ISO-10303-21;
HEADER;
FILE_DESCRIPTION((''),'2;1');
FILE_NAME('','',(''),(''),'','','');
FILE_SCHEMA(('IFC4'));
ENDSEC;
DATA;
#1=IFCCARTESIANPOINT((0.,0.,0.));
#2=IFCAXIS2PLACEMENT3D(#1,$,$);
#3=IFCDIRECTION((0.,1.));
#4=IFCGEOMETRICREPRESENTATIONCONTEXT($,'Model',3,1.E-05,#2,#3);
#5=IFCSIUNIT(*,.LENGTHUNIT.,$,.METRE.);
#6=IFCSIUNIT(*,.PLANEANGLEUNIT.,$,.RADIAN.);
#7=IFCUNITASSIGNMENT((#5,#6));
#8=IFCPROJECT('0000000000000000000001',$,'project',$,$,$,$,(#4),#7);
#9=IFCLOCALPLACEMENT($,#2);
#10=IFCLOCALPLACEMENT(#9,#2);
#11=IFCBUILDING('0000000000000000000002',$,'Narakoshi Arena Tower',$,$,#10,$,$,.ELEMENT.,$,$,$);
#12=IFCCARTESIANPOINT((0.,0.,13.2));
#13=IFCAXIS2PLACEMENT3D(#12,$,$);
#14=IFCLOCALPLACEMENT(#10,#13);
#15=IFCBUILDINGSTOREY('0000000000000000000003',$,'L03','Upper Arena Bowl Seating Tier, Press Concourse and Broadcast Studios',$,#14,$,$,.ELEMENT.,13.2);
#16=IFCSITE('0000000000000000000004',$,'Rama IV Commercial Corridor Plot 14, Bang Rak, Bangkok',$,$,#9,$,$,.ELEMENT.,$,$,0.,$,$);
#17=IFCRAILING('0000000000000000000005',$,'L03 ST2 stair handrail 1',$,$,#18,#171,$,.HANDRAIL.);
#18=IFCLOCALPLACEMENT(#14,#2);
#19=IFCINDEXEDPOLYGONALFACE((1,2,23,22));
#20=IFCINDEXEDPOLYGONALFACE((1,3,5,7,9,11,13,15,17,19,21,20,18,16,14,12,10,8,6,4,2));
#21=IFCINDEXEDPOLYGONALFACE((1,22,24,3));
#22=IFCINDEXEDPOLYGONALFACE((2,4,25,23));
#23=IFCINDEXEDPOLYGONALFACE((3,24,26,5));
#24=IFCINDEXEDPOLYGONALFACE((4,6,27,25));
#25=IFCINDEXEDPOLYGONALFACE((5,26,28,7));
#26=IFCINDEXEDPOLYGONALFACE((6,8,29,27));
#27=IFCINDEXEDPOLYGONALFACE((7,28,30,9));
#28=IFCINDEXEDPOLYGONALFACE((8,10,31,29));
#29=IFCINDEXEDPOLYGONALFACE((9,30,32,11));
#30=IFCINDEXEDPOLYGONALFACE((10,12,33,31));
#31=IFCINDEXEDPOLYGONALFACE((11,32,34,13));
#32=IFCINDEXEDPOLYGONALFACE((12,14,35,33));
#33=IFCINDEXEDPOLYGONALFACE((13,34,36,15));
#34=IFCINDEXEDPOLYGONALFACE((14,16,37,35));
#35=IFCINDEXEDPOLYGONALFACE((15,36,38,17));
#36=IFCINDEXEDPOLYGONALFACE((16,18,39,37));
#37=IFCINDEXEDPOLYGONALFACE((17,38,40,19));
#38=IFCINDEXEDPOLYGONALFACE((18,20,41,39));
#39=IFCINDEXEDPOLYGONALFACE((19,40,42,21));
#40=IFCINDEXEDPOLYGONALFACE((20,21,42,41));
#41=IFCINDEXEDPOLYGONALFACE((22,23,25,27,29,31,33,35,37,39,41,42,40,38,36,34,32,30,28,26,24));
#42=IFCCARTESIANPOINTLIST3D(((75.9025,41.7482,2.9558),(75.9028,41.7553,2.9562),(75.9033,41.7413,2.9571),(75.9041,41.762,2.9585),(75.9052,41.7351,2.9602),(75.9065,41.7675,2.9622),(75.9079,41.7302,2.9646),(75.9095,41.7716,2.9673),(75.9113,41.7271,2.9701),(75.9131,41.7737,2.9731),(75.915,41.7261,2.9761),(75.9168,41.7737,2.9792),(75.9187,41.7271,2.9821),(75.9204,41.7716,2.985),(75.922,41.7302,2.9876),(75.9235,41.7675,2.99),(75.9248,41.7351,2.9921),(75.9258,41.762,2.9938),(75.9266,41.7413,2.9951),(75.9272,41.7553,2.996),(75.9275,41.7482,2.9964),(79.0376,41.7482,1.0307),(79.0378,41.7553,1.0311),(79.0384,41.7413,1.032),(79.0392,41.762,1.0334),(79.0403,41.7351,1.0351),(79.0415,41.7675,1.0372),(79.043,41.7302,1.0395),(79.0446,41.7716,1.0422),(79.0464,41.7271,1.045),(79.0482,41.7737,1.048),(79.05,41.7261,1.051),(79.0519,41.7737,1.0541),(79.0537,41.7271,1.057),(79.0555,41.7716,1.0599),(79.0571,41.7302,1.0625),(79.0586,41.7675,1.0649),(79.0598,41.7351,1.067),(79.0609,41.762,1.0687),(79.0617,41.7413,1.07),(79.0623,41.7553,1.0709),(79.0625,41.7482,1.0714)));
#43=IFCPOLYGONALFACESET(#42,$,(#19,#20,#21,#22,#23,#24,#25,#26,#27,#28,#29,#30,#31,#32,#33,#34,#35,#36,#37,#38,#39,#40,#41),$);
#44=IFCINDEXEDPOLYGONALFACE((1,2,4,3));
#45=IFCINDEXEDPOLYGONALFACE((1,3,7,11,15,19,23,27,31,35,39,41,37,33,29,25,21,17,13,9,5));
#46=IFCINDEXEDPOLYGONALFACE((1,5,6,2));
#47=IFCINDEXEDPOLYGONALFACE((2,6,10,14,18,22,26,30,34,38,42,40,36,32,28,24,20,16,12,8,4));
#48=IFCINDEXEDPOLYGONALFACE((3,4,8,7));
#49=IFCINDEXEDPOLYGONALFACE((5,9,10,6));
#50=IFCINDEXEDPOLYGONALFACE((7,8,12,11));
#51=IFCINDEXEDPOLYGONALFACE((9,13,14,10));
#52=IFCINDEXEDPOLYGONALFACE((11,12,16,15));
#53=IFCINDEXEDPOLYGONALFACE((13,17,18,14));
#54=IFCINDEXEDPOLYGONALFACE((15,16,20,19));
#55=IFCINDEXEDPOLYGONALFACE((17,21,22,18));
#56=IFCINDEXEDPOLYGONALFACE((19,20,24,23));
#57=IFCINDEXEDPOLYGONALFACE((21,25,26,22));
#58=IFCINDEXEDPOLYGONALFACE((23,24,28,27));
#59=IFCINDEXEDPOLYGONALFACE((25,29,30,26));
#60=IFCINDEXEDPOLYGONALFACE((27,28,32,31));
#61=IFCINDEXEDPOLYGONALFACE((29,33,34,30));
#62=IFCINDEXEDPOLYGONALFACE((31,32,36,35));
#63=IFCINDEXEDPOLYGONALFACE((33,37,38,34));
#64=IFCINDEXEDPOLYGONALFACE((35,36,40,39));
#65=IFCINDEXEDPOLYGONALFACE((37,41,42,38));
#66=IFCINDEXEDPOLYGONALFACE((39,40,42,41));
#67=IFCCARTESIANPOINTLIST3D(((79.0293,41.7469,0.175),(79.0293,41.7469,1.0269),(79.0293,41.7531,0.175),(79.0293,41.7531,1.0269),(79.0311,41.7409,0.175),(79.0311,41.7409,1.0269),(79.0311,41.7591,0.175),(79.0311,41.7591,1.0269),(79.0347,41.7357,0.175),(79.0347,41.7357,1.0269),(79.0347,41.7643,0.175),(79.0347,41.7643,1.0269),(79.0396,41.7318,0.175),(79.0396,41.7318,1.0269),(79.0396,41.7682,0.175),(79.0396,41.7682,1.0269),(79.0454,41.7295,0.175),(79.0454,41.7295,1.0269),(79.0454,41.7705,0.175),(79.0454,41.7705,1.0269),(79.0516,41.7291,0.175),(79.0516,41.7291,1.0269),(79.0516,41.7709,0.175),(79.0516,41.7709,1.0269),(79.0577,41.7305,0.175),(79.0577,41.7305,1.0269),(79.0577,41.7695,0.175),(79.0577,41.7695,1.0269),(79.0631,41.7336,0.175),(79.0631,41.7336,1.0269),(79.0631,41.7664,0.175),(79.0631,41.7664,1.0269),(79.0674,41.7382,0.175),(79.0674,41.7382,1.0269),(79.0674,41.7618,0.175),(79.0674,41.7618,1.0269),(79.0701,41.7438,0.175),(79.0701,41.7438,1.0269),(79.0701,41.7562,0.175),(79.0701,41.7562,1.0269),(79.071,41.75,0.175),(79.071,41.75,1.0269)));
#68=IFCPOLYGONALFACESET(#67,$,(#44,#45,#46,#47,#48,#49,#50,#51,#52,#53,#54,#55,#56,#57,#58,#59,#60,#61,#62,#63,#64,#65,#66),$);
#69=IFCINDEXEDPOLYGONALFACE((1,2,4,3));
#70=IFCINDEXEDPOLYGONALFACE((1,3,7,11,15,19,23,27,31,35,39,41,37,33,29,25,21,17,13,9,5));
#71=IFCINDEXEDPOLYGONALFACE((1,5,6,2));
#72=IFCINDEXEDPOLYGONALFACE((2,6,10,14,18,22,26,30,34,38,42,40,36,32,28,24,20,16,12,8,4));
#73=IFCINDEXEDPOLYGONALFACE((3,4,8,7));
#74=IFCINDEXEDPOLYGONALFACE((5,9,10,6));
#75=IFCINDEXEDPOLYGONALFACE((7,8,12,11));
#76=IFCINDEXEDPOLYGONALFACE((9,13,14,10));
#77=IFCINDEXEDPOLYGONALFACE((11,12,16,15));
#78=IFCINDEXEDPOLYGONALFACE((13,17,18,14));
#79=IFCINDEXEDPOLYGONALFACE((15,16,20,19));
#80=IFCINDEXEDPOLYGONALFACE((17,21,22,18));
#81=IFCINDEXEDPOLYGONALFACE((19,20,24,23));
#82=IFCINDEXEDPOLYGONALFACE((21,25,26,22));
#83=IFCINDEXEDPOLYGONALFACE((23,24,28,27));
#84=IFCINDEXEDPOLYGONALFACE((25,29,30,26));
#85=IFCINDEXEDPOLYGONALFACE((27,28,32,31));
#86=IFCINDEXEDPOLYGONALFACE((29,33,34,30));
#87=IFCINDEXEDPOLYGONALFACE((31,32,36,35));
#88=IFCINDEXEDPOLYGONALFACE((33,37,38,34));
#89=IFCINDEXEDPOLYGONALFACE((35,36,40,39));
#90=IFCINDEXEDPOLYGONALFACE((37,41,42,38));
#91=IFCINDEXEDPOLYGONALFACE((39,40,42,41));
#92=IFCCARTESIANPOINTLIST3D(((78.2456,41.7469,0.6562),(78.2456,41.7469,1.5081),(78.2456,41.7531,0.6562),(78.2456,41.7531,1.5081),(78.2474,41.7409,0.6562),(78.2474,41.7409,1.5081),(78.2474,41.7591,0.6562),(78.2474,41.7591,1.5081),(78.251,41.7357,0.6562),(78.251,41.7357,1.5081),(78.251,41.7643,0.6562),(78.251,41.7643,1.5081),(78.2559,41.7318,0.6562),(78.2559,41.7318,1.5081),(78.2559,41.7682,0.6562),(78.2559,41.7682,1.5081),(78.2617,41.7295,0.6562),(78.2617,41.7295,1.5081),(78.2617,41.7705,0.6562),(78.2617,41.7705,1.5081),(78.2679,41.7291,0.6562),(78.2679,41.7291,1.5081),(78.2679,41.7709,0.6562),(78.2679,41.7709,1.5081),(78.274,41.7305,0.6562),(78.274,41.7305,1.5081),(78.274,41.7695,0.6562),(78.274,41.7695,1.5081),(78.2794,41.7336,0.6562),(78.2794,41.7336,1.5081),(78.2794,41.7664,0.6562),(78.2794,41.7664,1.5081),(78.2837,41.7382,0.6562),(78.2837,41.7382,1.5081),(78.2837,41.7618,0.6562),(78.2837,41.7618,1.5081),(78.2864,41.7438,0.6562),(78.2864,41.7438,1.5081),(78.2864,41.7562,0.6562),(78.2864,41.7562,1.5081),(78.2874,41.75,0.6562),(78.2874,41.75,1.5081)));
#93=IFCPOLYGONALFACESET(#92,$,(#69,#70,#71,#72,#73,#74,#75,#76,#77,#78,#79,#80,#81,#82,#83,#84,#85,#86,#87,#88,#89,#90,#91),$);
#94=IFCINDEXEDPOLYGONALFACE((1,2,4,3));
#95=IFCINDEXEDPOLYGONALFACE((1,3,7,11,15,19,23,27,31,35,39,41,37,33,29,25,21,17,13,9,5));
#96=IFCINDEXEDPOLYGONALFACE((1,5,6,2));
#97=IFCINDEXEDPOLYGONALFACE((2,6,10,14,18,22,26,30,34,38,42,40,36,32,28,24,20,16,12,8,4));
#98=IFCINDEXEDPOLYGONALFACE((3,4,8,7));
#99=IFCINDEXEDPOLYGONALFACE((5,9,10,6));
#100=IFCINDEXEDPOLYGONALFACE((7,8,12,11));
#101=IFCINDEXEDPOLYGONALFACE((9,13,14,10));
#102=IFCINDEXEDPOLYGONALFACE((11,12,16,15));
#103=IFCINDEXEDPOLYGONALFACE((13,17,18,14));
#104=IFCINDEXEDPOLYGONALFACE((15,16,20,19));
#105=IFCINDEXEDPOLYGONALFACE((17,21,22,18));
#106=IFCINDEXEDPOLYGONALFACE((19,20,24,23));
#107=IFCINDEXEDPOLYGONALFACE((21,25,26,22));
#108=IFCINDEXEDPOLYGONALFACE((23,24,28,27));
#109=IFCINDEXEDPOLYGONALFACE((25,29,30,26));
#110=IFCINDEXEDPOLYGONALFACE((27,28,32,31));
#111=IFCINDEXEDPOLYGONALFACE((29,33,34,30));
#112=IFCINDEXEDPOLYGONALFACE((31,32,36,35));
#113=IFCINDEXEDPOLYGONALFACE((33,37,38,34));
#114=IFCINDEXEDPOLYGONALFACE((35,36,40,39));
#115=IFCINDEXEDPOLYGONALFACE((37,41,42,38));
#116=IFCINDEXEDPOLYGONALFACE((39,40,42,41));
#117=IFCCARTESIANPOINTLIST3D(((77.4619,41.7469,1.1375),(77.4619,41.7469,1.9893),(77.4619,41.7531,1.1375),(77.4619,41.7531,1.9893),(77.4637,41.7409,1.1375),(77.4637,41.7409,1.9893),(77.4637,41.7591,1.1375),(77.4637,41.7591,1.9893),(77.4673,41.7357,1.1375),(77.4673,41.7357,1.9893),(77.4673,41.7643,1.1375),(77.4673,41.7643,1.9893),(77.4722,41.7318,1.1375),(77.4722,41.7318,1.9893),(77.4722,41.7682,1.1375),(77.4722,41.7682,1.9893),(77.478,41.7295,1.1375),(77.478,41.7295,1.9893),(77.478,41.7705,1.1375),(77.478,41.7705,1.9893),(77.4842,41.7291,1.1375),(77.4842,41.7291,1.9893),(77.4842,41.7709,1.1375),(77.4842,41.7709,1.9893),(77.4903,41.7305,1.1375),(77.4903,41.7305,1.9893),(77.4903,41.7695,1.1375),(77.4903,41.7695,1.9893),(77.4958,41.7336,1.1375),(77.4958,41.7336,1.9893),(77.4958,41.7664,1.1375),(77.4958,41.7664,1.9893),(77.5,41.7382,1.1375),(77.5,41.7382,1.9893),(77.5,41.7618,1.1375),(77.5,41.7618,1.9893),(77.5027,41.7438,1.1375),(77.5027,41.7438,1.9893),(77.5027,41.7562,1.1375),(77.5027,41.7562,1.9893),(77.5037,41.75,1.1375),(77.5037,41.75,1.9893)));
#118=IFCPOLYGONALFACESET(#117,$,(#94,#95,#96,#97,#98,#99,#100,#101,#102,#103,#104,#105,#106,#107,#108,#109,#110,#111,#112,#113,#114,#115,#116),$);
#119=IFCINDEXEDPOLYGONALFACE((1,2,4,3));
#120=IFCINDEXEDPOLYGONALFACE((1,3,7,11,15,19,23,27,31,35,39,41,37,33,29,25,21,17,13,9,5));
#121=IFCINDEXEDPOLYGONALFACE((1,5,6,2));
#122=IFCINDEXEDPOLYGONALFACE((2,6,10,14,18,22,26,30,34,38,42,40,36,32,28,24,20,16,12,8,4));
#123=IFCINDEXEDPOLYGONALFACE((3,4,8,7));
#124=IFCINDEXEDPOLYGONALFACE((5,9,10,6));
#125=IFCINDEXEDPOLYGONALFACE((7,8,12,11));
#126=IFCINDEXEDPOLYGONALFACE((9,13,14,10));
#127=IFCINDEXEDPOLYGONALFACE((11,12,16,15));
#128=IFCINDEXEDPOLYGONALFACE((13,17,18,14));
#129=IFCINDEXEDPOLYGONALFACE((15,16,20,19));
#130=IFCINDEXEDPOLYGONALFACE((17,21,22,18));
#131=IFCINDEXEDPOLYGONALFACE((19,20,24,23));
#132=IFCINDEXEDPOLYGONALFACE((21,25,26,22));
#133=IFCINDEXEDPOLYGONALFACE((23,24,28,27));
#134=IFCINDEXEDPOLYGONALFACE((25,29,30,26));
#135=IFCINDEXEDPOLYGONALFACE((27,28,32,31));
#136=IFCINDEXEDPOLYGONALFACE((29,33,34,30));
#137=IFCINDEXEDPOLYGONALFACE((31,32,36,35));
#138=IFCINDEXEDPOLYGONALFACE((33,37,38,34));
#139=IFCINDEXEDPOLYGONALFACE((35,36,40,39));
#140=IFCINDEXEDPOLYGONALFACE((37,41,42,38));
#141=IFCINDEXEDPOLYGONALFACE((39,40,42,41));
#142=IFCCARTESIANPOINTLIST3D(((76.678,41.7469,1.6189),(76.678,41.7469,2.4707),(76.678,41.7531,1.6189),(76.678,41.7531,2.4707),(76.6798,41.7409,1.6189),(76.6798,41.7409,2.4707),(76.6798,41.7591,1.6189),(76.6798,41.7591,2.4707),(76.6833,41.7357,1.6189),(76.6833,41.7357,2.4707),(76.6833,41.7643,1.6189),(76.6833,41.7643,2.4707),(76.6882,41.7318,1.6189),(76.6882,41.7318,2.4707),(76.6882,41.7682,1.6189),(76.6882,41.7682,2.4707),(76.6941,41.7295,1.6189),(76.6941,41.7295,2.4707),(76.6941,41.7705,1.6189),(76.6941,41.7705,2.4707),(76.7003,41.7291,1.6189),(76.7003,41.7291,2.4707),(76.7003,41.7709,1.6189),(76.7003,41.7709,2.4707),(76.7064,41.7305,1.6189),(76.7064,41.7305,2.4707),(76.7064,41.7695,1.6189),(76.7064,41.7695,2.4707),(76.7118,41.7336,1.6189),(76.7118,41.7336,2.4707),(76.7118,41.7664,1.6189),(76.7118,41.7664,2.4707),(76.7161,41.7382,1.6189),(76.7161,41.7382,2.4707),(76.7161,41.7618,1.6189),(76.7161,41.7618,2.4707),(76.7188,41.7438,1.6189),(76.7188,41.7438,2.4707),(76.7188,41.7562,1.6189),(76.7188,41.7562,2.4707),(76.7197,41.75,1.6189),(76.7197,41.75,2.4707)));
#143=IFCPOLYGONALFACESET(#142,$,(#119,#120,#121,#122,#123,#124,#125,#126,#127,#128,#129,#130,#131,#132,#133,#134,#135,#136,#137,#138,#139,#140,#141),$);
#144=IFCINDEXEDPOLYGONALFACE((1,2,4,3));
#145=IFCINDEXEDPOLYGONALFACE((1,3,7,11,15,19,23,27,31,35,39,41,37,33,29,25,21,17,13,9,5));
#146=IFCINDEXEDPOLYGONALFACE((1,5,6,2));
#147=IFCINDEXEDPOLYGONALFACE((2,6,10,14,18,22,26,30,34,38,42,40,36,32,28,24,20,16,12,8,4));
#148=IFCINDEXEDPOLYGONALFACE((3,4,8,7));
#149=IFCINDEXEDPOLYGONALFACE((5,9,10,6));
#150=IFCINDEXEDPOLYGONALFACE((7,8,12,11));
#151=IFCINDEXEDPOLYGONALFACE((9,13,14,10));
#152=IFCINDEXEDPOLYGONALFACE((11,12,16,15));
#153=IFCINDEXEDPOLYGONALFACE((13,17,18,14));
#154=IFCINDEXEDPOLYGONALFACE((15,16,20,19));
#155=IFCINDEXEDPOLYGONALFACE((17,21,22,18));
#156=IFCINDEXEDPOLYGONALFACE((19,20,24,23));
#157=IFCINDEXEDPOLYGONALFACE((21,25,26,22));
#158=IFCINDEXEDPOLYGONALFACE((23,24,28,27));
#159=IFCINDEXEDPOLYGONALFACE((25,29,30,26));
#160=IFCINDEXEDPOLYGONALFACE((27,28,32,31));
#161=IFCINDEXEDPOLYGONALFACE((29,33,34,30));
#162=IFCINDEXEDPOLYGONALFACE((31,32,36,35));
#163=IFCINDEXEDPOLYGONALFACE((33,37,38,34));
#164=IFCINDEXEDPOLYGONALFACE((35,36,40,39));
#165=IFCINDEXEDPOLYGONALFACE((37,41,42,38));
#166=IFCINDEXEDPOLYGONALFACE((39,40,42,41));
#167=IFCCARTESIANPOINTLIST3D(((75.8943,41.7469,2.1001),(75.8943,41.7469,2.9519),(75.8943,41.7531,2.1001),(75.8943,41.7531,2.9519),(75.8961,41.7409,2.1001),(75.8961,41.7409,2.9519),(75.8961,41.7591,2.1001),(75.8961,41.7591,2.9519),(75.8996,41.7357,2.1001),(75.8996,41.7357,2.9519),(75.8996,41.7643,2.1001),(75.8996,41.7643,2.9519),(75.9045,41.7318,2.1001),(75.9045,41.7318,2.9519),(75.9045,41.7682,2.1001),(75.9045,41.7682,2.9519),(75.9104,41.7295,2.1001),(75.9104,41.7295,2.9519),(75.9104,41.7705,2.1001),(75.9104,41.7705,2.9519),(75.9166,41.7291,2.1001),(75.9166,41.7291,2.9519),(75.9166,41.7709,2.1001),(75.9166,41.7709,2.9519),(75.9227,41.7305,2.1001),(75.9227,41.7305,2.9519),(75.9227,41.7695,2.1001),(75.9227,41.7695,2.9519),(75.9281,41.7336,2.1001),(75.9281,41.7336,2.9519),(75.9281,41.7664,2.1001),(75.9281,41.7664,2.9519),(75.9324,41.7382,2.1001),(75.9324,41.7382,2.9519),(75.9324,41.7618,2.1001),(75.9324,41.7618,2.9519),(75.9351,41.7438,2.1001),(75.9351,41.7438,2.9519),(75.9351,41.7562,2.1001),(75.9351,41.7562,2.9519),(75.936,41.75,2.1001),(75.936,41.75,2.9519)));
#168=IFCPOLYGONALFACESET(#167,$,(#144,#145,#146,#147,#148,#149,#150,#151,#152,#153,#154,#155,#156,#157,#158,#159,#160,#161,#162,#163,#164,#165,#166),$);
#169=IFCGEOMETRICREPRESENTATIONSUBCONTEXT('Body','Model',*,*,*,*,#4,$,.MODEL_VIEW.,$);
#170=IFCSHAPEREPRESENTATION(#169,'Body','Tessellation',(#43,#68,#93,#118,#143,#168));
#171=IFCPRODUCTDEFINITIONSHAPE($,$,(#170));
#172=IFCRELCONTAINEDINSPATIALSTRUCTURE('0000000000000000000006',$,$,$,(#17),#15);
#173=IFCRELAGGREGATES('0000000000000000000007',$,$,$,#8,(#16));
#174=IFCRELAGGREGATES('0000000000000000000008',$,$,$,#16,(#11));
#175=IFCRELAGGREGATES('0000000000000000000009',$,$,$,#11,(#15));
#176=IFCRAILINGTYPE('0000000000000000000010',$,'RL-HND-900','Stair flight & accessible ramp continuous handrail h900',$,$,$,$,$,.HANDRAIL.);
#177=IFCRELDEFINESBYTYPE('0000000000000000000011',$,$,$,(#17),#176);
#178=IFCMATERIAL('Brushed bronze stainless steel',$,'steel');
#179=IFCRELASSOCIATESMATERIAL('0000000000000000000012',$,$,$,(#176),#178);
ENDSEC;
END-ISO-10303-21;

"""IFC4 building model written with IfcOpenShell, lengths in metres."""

from ifc_helpers import new_model, si_unit, direction, frame, origin, origin_2d, place, context, subcontext, project, spatial, circle, extrude, material, type_object, element, save


model = new_model("IFC4")

# Units and contexts
model_context = context("Model", 3, precision=1e-05, world=origin(), true_north=direction((0.0, 1.0)))
body_context = subcontext(model_context, "Body", "Model", "MODEL_VIEW")
ifc_project = project(units=[si_unit("LENGTHUNIT", "METRE"), si_unit("PLANEANGLEUNIT", "RADIAN")], contexts=[model_context])

# Site, building, storey
site_placement = place(None, origin())
site = spatial("IfcSite", under=ifc_project, at=site_placement, Name="Rama IV Commercial Corridor Plot 14, Bang Rak, Bangkok", CompositionType="ELEMENT", RefElevation=0.0)
building_placement = place(site_placement, origin())
building = spatial("IfcBuilding", under=site, at=building_placement, Name="Narakoshi Arena Tower", CompositionType="ELEMENT")
storey_placement = place(building_placement, frame((0.0, 0.0, 13.2)))
storey = spatial("IfcBuildingStorey", under=building, at=storey_placement, Name="L03", Description="Upper Arena Bowl Seating Tier, Press Concourse and Broadcast Studios", CompositionType="ELEMENT", Elevation=13.2)

# Shared definitions
ifc_material_1 = material(Name="Brushed bronze stainless steel", Category="steel")

# Railing
railing_type_1 = type_object("IfcRailingType", Name="RL-HND-900", Description="Stair flight & accessible ramp continuous handrail h900", PredefinedType="HANDRAIL", material=ifc_material_1)
railing_1_placement = place(storey_placement, frame((79.05, 41.75, 0.175)))
element("IfcRailing", 1, at=railing_1_placement, inside=storey, type_object=railing_type_1, Name="L03 ST2 stair handrail 1", PredefinedType="HANDRAIL", context=body_context, shape_type="SweptSolid", body=[
    extrude(circle(Radius=0.0239, at=origin_2d()), frame((0.0, 0.0, 0.876), z_axis=(-0.852166, 0.0, 0.523271), x_axis=(0.0, -1.0, 0.0)), (0.0, 0.0, 1.0), 3.679),
    extrude(circle(Radius=0.021, at=origin_2d()), origin(), (0.0, 0.0, 1.0), 0.8518),
    extrude(circle(Radius=0.021, at=origin_2d()), frame((-0.7837, 0.0, 0.4812)), (0.0, 0.0, 1.0), 0.8518),
    extrude(circle(Radius=0.021, at=origin_2d()), frame((-1.5674, 0.0, 0.9624)), (0.0, 0.0, 1.0), 0.8518),
    extrude(circle(Radius=0.021, at=origin_2d()), frame((-2.3513, 0.0, 1.4438)), (0.0, 0.0, 1.0), 0.8518),
    extrude(circle(Radius=0.021, at=origin_2d()), frame((-3.135, 0.0, 1.925)), (0.0, 0.0, 1.0), 0.8518),
])

save(model, "model.ifc")
